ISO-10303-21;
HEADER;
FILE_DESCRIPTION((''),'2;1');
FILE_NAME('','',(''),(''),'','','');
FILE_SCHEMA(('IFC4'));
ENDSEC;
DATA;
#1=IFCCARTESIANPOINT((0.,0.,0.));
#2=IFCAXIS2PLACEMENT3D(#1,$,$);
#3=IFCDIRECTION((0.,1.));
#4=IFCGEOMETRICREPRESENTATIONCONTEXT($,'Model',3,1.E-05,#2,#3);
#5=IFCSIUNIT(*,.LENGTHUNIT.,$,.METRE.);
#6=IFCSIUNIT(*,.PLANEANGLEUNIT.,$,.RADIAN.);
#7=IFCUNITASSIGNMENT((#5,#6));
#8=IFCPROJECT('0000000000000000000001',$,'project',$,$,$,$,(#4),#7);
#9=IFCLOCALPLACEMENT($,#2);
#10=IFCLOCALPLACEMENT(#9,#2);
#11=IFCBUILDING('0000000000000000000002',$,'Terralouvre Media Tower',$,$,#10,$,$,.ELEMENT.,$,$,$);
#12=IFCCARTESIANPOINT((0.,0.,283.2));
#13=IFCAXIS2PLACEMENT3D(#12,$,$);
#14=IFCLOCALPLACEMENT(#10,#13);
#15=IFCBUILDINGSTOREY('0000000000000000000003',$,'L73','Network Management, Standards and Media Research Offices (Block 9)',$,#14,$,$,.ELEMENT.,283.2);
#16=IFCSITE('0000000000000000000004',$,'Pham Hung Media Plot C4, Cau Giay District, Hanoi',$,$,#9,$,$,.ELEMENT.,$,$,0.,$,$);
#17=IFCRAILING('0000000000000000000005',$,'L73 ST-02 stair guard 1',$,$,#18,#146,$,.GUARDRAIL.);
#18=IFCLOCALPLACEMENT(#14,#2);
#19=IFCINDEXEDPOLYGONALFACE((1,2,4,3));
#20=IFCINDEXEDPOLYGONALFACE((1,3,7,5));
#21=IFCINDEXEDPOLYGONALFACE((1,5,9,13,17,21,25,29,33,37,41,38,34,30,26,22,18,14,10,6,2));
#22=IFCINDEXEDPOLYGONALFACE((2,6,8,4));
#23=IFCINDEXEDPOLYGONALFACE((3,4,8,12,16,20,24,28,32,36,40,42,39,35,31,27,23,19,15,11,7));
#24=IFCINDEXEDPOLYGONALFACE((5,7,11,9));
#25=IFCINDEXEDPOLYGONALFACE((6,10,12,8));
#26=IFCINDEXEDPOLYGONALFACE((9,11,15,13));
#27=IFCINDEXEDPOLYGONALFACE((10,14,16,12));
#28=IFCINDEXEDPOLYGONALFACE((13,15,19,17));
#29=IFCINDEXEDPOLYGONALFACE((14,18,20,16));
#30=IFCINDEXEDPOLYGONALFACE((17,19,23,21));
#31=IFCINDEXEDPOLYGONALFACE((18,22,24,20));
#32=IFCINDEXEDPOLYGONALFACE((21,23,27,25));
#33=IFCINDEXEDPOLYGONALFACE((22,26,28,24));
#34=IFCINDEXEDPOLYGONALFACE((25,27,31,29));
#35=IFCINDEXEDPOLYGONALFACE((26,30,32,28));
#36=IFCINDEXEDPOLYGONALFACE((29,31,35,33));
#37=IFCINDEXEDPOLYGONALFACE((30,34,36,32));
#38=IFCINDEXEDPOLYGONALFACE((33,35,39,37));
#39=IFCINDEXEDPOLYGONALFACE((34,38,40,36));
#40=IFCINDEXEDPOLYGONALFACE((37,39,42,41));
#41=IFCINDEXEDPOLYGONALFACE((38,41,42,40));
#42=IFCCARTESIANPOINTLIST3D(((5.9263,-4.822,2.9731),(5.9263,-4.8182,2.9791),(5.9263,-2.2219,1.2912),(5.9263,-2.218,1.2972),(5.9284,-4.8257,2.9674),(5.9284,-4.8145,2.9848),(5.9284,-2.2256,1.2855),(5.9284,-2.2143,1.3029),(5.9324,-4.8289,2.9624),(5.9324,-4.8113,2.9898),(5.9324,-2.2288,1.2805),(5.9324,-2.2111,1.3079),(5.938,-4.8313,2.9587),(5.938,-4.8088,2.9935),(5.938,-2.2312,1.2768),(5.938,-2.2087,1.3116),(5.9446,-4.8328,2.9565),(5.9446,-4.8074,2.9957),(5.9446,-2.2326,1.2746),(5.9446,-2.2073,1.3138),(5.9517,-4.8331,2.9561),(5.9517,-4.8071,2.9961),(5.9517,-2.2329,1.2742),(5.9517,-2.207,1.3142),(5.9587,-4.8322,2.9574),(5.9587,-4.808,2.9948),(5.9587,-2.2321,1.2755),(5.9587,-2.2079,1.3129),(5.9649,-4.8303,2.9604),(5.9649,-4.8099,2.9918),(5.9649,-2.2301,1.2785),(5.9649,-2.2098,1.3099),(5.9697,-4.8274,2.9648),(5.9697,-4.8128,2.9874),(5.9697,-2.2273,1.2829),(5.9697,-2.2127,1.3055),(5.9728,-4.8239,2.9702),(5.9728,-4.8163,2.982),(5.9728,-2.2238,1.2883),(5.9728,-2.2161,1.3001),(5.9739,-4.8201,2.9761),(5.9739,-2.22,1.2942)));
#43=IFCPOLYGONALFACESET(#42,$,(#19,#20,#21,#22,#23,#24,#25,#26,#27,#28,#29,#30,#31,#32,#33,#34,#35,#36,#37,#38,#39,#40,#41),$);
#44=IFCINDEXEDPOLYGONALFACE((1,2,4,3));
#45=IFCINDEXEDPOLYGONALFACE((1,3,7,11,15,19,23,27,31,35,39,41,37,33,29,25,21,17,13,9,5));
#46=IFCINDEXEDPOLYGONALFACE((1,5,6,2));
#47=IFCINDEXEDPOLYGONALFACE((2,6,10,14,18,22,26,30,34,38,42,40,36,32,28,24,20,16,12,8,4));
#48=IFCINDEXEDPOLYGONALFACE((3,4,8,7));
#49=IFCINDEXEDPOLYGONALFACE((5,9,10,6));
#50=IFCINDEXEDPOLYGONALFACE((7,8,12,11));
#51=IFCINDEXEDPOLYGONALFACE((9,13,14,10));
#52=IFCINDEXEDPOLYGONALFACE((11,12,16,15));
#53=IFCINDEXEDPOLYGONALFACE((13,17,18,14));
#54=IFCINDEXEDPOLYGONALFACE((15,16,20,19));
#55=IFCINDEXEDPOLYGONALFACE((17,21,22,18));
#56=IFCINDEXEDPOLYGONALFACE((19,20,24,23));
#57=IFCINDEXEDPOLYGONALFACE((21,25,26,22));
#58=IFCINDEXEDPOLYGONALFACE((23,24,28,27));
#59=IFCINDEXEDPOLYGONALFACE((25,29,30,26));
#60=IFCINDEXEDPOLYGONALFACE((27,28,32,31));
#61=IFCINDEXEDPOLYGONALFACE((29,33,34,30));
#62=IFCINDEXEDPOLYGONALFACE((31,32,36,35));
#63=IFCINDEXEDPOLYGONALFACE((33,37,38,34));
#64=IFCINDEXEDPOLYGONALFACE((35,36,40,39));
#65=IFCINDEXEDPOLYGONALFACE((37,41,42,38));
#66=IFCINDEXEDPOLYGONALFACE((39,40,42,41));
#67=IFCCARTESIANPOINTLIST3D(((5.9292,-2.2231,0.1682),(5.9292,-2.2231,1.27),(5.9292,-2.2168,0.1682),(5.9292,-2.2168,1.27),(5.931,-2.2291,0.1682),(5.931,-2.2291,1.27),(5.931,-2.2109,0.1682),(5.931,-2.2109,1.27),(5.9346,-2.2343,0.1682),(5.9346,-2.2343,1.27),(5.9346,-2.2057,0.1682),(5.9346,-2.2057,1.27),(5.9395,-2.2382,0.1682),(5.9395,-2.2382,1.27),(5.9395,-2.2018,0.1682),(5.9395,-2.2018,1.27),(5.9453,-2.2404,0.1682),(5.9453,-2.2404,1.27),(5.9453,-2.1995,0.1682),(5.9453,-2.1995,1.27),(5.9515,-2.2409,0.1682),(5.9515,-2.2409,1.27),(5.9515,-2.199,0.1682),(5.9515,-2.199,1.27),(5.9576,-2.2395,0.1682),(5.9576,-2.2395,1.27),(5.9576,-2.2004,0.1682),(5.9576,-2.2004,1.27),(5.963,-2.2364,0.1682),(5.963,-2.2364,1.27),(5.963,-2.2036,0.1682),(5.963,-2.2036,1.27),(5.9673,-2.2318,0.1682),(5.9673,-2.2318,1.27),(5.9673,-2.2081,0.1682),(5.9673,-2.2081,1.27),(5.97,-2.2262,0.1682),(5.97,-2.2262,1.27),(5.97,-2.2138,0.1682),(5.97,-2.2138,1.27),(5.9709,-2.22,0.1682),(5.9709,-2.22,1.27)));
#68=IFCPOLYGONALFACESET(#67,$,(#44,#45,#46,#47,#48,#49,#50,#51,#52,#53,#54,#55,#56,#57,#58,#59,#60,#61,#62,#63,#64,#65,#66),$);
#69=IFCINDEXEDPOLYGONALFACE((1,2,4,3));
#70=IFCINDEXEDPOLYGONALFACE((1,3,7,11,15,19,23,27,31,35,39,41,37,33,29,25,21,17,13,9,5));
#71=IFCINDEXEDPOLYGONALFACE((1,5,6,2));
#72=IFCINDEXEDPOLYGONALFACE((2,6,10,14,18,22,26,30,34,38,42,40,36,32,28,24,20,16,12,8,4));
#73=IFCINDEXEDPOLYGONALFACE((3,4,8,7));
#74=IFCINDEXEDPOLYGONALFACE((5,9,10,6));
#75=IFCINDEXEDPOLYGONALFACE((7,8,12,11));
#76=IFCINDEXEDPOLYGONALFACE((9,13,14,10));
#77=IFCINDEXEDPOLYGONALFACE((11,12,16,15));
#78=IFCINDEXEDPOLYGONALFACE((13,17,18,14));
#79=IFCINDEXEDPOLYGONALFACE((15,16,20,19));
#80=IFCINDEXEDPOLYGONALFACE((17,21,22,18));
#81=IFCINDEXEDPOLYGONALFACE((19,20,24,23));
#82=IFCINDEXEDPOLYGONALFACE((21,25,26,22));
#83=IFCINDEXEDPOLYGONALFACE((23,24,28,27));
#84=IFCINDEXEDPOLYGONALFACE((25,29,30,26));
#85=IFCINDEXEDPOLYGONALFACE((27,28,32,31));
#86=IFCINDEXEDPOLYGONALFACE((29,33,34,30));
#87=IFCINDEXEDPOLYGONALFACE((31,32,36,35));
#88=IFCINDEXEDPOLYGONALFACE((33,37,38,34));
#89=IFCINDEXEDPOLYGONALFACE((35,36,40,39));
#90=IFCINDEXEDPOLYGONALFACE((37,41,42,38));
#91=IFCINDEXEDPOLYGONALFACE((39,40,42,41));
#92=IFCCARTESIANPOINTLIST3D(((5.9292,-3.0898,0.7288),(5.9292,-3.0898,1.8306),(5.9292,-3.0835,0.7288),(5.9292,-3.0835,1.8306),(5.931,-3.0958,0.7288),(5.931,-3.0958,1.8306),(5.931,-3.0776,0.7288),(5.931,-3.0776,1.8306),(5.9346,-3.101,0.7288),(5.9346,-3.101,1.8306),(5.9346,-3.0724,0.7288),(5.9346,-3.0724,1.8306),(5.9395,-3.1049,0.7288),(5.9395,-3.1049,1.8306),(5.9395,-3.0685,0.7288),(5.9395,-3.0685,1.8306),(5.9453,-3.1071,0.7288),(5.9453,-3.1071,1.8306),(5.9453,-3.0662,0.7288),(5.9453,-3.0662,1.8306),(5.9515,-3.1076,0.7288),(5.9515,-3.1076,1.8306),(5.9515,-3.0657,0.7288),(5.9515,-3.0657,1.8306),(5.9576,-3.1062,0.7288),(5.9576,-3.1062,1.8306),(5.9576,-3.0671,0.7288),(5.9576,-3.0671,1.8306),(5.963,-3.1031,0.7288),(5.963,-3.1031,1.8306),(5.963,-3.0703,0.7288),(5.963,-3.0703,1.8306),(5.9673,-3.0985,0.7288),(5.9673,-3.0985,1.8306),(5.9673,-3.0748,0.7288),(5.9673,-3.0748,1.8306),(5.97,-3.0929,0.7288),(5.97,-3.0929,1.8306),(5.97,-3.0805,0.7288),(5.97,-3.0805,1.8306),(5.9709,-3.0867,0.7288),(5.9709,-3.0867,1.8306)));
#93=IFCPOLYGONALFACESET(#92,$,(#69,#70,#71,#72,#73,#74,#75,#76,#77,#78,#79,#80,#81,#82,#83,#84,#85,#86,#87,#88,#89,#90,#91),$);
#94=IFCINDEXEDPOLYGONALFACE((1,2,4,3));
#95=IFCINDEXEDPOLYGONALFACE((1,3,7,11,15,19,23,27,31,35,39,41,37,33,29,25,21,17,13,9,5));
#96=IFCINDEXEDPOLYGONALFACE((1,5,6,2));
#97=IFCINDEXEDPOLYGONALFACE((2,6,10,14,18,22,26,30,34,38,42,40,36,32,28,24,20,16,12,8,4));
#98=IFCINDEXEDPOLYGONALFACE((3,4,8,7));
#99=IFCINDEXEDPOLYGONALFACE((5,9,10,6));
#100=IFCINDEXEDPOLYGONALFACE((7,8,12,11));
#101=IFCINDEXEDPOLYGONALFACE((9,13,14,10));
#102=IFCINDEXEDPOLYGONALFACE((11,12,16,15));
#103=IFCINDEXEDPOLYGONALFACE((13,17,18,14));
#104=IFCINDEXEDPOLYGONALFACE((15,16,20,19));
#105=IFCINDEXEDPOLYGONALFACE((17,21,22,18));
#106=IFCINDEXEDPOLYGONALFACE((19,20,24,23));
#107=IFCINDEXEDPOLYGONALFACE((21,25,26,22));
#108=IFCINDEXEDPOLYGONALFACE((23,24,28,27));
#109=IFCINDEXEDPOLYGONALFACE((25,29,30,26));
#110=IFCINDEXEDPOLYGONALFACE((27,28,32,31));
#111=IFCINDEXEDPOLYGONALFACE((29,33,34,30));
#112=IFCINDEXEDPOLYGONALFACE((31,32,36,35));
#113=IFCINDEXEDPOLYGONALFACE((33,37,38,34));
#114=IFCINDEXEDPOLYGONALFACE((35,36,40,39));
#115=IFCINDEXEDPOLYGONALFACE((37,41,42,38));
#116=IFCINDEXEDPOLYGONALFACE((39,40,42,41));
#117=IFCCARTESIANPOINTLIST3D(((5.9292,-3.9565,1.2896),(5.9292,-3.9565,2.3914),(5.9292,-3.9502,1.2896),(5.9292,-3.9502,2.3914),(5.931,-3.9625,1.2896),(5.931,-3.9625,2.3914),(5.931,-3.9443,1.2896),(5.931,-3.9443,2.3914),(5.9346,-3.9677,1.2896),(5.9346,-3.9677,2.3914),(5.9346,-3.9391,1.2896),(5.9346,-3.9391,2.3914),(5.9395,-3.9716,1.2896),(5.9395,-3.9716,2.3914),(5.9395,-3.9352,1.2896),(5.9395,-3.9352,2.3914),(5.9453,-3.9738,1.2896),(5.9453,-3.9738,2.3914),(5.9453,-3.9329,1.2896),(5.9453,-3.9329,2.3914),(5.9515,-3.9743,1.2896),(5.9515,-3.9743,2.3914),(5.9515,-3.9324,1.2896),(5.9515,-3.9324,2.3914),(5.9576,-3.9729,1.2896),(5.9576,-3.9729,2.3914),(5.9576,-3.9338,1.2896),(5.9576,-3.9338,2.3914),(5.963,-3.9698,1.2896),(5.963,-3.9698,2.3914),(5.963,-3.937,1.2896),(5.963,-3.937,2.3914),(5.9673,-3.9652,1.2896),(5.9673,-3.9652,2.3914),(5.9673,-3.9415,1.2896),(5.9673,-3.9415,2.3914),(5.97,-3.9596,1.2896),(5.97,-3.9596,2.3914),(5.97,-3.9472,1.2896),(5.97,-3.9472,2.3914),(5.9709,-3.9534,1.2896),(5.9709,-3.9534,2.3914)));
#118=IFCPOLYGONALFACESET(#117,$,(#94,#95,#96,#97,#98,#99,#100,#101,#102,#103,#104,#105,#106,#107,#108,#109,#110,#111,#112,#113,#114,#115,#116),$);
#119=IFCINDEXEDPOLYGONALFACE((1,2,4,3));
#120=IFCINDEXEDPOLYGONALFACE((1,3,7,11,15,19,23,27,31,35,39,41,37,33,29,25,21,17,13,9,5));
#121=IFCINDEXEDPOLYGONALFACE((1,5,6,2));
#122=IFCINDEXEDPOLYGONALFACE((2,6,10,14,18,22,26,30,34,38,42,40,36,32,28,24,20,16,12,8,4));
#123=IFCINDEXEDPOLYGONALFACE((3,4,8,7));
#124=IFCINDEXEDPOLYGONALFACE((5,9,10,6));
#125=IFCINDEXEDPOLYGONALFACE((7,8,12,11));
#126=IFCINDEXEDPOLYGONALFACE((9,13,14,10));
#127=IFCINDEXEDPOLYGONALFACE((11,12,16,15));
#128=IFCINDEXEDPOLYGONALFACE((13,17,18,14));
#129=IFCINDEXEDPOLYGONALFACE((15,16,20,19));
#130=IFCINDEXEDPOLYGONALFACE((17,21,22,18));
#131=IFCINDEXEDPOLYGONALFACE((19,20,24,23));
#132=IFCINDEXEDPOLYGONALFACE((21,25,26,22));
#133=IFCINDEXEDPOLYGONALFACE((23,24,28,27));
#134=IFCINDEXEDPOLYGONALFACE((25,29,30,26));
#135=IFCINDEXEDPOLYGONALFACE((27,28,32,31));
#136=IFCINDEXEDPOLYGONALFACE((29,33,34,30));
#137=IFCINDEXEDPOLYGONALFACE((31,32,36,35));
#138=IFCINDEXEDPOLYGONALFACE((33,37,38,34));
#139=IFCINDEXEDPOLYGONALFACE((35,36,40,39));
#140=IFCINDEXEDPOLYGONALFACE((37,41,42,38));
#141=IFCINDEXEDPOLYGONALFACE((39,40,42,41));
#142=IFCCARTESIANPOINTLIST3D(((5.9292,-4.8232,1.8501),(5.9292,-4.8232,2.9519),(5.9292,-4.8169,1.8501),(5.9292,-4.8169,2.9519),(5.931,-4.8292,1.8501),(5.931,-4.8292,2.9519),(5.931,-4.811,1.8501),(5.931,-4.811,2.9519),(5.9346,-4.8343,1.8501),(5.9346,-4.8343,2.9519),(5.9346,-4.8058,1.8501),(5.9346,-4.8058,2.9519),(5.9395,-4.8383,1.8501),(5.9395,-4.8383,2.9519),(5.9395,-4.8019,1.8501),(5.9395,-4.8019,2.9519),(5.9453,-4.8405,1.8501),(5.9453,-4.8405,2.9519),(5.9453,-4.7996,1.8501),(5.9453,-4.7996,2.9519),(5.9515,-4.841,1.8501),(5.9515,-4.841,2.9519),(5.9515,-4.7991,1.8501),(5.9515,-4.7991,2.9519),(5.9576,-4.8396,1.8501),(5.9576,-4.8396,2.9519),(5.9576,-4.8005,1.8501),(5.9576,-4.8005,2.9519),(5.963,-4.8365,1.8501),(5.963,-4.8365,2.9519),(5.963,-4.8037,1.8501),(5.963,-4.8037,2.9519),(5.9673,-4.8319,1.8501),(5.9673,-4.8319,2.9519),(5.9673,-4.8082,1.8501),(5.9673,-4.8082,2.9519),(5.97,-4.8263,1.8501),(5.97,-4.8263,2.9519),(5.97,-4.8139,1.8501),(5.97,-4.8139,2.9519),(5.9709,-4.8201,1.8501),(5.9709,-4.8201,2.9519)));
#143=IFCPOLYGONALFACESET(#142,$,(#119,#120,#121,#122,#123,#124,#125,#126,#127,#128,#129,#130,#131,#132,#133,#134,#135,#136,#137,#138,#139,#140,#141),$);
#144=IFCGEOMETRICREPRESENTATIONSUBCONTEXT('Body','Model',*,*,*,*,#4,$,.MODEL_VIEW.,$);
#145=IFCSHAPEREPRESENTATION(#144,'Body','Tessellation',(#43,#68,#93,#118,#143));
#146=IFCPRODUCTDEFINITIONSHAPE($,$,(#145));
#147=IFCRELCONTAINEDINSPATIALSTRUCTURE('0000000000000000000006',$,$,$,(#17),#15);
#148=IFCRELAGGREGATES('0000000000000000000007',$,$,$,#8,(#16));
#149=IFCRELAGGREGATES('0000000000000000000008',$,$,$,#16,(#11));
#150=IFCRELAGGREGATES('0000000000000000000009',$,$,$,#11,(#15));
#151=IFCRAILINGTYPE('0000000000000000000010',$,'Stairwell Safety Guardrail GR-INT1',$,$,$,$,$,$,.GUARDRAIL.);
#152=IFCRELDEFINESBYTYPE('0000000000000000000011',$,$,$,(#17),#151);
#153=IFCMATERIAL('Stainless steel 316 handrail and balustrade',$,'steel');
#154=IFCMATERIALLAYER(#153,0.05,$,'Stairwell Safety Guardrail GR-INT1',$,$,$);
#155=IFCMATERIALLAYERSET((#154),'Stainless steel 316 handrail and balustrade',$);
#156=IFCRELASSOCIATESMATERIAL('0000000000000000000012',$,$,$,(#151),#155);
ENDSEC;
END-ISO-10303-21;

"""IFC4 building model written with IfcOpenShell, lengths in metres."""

from ifc_helpers import new_model, si_unit, direction, frame, origin, origin_2d, place, context, subcontext, project, spatial, circle, extrude, material, layer, layer_set, type_object, element, save


model = new_model("IFC4")

# Units and contexts
model_context = context("Model", 3, precision=1e-05, world=origin(), true_north=direction((0.0, 1.0)))
body_context = subcontext(model_context, "Body", "Model", "MODEL_VIEW")
ifc_project = project(units=[si_unit("LENGTHUNIT", "METRE"), si_unit("PLANEANGLEUNIT", "RADIAN")], contexts=[model_context])

# Site, building, storey
site_placement = place(None, origin())
site = spatial("IfcSite", under=ifc_project, at=site_placement, Name="Pham Hung Media Plot C4, Cau Giay District, Hanoi", CompositionType="ELEMENT", RefElevation=0.0)
building_placement = place(site_placement, origin())
building = spatial("IfcBuilding", under=site, at=building_placement, Name="Terralouvre Media Tower", CompositionType="ELEMENT")
storey_placement = place(building_placement, frame((0.0, 0.0, 283.2)))
storey = spatial("IfcBuildingStorey", under=building, at=storey_placement, Name="L73", Description="Network Management, Standards and Media Research Offices (Block 9)", CompositionType="ELEMENT", Elevation=283.2)

# Railing
ifc_material_1 = material(Name="Stainless steel 316 handrail and balustrade", Category="steel")
ifc_layer_1 = layer(ifc_material_1, 0.05, Name="Stairwell Safety Guardrail GR-INT1")
ifc_layer_set_1 = layer_set([ifc_layer_1], Name="Stainless steel 316 handrail and balustrade")
railing_type_1 = type_object("IfcRailingType", Name="Stairwell Safety Guardrail GR-INT1", PredefinedType="GUARDRAIL", material=ifc_layer_set_1)
railing_1_placement = place(storey_placement, frame((5.95, -2.22, 0.1682)))
element("IfcRailing", 1, at=railing_1_placement, inside=storey, type_object=railing_type_1, Name="L73 ST-02 stair guard 1", PredefinedType="GUARDRAIL", context=body_context, shape_type="SweptSolid", body=[
    extrude(circle(Radius=0.0239, at=origin_2d()), frame((0.0, 0.0, 1.126), z_axis=(0.0, -0.839648, 0.54313), x_axis=(1.0, 0.0, 0.0)), (0.0, 0.0, 1.0), 3.0967),
    extrude(circle(Radius=0.021, at=origin_2d()), origin(), (0.0, 0.0, 1.0), 1.1018),
    extrude(circle(Radius=0.021, at=origin_2d()), frame((0.0, -0.8667, 0.5605)), (0.0, 0.0, 1.0), 1.1018),
    extrude(circle(Radius=0.021, at=origin_2d()), frame((0.0, -1.7334, 1.1213)), (0.0, 0.0, 1.0), 1.1018),
    extrude(circle(Radius=0.021, at=origin_2d()), frame((0.0, -2.6001, 1.6819)), (0.0, 0.0, 1.0), 1.1018),
])

save(model, "model.ifc")
